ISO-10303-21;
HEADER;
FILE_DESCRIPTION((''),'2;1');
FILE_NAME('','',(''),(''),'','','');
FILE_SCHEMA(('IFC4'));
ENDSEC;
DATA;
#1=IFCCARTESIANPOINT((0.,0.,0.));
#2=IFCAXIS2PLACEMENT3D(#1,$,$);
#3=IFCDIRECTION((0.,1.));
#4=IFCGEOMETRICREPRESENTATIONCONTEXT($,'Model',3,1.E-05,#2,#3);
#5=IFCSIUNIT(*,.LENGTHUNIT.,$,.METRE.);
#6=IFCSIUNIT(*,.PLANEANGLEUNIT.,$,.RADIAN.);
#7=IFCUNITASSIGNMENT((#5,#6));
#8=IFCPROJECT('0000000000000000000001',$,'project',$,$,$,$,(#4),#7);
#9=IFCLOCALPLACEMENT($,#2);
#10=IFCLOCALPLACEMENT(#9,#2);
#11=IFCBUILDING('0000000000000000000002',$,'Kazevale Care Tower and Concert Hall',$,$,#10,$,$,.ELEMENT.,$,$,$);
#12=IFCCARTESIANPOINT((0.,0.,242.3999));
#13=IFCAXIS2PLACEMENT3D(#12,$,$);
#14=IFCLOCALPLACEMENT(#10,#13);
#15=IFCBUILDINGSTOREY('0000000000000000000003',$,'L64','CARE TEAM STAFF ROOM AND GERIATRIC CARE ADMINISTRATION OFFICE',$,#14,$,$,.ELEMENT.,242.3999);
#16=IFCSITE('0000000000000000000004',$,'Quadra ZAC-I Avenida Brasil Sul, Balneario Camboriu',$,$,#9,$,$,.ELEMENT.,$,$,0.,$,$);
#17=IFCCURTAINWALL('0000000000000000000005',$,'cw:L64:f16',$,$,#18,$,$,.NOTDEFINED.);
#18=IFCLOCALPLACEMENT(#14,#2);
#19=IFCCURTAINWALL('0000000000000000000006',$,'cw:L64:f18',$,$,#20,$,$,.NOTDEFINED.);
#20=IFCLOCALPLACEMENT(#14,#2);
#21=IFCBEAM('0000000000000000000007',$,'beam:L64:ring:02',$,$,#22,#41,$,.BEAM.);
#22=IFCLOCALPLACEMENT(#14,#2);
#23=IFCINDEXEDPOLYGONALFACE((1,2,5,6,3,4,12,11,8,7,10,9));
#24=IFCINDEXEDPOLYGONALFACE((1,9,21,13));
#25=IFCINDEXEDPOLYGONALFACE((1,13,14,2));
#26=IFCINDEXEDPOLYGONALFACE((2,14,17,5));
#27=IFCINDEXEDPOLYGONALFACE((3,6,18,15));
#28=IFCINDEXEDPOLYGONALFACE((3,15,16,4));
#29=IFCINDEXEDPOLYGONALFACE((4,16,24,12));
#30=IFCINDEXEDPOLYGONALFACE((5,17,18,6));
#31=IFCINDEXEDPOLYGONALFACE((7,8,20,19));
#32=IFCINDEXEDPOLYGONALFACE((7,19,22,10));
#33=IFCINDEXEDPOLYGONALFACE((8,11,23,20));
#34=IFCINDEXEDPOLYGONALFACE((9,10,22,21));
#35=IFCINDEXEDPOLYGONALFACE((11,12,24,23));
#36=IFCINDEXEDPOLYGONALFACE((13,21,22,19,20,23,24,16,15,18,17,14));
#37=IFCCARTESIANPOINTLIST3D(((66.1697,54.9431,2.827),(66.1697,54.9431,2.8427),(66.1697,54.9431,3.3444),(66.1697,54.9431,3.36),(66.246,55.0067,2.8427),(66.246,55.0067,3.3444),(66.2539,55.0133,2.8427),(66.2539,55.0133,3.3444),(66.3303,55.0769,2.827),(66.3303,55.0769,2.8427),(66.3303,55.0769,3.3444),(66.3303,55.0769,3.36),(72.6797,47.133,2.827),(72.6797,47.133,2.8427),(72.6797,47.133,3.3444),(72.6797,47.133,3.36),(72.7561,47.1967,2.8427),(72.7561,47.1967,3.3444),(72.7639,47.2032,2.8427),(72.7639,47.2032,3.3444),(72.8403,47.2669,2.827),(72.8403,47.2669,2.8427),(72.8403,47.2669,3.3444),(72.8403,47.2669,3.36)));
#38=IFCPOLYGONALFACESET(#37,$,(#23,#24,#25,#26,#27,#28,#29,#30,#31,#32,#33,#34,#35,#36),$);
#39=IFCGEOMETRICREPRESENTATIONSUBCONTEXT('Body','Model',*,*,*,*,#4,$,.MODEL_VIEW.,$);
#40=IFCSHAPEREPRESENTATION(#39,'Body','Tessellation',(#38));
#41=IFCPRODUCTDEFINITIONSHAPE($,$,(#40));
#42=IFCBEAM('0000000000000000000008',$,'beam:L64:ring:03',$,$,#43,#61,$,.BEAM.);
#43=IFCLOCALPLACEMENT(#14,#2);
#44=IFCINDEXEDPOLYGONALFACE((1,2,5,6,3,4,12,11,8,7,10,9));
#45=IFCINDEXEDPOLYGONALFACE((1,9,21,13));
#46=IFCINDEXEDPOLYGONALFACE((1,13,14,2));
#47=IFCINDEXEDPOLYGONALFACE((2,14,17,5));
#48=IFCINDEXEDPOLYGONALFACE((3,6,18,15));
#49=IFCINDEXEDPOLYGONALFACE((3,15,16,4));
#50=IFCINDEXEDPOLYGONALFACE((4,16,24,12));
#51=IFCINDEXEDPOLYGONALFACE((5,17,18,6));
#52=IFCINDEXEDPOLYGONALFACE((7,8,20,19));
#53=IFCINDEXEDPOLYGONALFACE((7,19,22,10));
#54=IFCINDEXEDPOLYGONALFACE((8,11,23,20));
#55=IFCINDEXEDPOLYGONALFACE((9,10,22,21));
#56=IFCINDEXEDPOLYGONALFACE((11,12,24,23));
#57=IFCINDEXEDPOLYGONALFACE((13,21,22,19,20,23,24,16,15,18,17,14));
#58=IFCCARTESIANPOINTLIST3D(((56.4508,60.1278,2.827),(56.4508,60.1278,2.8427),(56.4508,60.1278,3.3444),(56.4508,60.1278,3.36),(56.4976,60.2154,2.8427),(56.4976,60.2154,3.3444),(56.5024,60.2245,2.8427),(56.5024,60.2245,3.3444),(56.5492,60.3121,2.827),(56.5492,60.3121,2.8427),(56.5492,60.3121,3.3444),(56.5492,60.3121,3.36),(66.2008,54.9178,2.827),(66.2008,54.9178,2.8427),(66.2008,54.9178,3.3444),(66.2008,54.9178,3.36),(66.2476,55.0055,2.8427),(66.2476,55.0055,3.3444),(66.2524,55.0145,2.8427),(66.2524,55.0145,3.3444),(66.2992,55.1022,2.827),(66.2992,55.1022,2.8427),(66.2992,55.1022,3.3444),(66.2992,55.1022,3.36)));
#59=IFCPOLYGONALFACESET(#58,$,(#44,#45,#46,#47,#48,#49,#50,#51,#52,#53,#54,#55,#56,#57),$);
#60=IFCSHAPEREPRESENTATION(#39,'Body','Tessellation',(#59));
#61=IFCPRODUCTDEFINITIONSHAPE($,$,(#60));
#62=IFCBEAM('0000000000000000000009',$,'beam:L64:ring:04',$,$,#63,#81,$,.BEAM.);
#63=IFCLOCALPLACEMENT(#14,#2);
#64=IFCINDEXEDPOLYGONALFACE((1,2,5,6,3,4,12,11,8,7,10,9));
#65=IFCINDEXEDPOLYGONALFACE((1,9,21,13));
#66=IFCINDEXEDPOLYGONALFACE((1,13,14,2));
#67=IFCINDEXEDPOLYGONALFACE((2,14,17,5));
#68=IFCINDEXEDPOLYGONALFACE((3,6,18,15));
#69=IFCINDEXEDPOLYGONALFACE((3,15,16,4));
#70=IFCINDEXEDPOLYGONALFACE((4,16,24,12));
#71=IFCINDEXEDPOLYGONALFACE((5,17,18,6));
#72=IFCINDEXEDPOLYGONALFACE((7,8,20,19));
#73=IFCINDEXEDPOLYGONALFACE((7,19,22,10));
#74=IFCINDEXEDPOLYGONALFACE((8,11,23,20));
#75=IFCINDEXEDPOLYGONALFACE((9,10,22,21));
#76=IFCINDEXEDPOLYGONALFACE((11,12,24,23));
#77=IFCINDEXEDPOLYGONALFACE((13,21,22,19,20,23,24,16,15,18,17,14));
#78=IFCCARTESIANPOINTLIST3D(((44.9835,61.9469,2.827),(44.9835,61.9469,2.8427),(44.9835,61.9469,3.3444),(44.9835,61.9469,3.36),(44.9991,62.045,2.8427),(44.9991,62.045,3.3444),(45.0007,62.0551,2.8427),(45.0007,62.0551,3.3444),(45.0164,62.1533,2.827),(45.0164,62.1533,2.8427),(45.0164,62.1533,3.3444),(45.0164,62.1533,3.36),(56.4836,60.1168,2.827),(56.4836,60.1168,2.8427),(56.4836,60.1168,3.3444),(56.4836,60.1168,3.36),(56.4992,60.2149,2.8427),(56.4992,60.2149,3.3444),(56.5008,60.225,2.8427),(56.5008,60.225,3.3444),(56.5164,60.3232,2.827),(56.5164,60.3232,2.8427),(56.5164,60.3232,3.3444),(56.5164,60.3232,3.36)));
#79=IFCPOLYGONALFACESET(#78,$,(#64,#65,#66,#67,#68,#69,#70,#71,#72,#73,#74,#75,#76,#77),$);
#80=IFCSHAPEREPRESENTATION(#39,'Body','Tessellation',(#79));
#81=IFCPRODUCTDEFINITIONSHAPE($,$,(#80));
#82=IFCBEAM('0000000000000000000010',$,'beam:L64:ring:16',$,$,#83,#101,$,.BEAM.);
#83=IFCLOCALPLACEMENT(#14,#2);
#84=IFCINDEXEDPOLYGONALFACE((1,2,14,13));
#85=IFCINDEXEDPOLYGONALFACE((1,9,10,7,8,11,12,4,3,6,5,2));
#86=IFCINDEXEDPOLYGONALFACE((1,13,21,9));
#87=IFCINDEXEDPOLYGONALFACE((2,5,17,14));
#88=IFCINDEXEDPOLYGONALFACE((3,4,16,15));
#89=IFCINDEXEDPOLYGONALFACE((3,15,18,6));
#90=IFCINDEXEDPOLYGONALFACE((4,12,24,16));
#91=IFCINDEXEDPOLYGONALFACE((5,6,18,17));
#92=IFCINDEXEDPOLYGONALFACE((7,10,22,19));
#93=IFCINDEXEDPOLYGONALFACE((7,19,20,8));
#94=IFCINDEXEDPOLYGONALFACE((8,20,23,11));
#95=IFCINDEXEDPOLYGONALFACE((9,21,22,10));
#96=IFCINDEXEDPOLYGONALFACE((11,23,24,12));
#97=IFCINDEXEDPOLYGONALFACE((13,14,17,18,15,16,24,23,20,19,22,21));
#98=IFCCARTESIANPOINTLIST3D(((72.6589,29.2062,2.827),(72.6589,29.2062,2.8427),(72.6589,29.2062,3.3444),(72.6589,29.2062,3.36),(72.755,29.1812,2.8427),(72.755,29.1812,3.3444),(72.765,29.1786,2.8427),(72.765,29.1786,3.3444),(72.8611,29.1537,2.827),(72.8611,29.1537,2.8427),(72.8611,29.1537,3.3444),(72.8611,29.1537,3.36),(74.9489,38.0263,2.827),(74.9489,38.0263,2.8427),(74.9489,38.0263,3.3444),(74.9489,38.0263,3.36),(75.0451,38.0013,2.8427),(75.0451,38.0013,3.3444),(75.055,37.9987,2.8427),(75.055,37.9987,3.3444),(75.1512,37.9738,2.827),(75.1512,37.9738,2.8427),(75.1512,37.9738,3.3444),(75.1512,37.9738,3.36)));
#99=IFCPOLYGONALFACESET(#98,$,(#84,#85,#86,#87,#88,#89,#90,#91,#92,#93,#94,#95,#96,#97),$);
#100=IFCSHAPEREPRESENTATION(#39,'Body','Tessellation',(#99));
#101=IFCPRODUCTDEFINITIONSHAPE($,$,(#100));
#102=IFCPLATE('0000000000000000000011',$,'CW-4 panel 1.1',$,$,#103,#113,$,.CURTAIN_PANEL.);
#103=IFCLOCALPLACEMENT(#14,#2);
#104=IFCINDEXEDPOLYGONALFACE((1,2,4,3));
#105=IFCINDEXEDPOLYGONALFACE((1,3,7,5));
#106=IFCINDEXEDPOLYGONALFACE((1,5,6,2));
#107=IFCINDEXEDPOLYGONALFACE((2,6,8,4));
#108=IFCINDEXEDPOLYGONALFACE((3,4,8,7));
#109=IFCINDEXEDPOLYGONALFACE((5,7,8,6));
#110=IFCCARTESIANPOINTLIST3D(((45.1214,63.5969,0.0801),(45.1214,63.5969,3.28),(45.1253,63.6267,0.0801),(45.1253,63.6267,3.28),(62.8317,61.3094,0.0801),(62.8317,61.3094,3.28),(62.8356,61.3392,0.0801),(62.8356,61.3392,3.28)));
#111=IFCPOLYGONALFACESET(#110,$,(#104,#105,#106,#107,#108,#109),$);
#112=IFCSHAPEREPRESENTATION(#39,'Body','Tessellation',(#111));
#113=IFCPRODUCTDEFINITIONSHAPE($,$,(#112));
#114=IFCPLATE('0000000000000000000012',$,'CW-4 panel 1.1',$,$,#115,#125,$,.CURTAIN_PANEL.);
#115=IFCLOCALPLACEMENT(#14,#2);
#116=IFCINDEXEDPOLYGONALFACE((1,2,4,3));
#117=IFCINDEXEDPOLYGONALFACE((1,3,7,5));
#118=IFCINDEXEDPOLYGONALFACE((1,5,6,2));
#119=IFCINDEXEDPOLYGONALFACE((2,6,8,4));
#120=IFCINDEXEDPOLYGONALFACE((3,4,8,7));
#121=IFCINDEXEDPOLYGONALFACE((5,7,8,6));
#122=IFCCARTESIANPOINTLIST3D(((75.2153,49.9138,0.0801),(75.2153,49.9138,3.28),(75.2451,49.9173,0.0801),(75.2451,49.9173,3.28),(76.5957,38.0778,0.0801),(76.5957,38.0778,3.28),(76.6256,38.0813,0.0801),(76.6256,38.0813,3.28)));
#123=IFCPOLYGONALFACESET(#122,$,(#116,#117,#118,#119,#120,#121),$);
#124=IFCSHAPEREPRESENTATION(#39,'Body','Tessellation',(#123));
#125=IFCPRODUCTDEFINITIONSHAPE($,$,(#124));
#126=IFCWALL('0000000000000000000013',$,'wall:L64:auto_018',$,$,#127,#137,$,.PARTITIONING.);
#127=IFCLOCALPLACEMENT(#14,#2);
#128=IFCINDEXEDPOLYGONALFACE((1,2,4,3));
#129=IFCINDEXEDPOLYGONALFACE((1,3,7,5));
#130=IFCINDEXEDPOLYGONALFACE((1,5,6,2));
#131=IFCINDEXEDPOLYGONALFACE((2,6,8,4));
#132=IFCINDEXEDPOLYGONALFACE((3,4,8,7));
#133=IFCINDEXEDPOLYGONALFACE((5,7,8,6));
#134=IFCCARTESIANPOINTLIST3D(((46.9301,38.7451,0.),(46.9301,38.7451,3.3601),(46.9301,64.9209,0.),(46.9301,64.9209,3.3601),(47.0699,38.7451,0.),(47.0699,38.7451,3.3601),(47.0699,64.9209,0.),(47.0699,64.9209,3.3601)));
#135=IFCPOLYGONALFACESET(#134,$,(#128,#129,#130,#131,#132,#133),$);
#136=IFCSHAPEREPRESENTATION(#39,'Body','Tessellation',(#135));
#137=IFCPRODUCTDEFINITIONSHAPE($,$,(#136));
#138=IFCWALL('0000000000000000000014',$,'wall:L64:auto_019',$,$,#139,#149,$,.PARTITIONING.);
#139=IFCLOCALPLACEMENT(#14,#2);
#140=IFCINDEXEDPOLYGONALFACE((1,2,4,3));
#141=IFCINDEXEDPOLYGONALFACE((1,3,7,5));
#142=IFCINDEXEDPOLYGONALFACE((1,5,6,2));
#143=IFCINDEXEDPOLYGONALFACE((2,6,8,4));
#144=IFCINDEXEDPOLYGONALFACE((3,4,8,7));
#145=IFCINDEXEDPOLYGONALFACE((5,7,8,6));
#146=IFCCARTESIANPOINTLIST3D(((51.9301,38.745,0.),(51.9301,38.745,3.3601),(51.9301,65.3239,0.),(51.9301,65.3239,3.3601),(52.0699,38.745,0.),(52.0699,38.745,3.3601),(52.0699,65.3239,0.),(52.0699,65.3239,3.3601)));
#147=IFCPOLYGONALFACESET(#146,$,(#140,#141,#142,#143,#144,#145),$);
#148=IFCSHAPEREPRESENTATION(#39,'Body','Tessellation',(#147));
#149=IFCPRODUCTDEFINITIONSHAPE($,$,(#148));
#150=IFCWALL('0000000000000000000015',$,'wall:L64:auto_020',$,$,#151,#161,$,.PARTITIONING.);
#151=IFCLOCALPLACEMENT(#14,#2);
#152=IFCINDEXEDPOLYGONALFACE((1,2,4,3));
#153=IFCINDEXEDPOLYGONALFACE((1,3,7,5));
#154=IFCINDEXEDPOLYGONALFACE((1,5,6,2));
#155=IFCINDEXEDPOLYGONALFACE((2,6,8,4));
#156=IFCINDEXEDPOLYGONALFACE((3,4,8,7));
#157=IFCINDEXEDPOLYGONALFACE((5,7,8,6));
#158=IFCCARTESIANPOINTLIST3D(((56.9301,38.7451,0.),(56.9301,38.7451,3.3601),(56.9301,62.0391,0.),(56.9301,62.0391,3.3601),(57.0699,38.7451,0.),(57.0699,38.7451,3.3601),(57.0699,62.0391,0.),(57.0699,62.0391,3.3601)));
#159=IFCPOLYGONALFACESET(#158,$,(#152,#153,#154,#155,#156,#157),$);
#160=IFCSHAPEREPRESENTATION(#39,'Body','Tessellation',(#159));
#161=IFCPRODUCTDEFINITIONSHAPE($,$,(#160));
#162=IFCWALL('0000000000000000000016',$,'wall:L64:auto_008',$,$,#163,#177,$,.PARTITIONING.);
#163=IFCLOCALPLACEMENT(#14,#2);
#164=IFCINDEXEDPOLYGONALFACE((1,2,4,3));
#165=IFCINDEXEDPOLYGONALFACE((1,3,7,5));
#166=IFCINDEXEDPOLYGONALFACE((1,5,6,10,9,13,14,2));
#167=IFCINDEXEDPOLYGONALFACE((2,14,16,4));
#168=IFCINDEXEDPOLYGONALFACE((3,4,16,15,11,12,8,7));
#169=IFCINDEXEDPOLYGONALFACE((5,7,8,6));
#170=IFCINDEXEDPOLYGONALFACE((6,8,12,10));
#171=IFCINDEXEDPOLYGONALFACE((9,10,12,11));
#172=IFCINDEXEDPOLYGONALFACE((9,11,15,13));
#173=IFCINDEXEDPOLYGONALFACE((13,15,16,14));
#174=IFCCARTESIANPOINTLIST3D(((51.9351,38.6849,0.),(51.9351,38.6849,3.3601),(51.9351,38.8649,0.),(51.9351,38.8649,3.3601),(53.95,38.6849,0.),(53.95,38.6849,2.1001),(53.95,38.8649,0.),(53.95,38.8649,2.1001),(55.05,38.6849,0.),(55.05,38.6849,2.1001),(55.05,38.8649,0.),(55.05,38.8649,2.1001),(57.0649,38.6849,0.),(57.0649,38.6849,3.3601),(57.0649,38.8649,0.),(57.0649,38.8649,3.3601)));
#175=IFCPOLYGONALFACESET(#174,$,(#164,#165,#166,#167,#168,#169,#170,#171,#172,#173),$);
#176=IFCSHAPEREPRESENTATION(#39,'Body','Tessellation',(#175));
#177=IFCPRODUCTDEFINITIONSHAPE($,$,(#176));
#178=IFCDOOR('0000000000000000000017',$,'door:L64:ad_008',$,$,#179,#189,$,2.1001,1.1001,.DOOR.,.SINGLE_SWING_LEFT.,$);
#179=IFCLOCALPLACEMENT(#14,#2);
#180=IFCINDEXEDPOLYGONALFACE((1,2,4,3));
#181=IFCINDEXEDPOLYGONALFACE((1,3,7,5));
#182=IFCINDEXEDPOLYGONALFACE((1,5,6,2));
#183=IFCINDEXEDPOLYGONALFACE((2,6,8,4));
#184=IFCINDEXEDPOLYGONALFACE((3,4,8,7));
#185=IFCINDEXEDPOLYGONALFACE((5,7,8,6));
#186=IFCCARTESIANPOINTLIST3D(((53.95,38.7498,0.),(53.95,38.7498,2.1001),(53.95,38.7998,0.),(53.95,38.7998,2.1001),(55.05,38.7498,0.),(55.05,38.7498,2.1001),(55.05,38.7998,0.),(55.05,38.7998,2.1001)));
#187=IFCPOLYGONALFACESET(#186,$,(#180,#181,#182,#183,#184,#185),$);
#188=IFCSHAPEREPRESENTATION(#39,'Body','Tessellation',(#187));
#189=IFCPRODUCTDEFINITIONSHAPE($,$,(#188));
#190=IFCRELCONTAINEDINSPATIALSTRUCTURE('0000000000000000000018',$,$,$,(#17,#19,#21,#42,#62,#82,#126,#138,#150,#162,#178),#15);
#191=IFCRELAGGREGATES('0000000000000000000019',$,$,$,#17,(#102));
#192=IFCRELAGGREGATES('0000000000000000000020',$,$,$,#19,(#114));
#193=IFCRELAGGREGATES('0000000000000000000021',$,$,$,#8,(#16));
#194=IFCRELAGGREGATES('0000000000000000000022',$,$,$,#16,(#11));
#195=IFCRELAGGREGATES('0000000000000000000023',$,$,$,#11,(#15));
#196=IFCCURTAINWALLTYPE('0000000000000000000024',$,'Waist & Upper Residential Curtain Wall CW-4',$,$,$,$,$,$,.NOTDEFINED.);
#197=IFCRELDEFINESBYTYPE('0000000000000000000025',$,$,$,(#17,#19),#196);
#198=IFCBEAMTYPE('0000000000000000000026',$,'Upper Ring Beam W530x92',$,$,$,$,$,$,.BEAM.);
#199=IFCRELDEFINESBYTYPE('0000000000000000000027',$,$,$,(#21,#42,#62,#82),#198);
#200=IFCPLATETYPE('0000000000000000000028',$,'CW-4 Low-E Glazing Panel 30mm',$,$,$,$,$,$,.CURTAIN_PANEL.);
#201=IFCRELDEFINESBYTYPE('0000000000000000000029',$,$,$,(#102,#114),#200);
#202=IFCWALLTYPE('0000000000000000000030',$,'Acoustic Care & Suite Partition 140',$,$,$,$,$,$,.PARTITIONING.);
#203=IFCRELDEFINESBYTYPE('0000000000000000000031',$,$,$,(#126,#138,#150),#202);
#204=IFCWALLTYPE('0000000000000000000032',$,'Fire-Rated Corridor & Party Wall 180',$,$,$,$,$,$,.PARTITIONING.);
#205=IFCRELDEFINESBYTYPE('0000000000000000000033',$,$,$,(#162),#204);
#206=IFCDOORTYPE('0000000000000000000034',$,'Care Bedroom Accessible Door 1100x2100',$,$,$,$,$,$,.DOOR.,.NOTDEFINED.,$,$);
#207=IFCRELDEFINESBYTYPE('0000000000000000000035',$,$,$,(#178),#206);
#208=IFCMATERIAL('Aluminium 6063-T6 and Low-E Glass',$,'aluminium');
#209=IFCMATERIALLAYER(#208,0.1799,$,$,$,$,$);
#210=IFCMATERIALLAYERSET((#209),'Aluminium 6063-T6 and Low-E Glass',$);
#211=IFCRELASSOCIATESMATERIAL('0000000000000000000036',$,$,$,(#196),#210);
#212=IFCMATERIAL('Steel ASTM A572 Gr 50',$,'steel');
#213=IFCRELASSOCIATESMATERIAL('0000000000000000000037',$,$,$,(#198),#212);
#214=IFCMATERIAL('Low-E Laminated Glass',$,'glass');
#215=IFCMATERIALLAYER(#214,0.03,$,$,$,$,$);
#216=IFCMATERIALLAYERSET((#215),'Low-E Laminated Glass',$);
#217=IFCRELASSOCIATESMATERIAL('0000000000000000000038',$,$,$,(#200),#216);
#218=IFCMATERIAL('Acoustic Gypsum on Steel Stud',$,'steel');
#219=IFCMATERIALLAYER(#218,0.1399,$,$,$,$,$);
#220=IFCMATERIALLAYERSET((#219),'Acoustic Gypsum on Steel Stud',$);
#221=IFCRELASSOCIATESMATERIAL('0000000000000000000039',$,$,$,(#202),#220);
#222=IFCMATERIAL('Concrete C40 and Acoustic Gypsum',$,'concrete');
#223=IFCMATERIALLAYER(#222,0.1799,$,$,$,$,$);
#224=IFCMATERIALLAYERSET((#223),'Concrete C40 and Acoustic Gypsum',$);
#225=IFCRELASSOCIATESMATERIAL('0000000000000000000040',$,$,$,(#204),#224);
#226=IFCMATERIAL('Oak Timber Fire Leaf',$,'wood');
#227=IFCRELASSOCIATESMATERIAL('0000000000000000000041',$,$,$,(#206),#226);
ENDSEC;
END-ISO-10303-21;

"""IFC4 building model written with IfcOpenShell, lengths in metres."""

from ifc_helpers import new_model, si_unit, direction, frame, frame_2d, origin, origin_2d, place, context, subcontext, project, spatial, rectangle, i_section, extrude, material, layer, layer_set, material_profile, profile_set, type_object, element, fill, aggregate, save


model = new_model("IFC4")

# Units and contexts
model_context = context("Model", 3, precision=1e-05, world=origin(), true_north=direction((0.0, 1.0)))
body_context = subcontext(model_context, "Body", "Model", "MODEL_VIEW")
ifc_project = project(units=[si_unit("LENGTHUNIT", "METRE"), si_unit("PLANEANGLEUNIT", "RADIAN")], contexts=[model_context])

# Site, building, storey
site_placement = place(None, origin())
site = spatial("IfcSite", under=ifc_project, at=site_placement, Name="Quadra ZAC-I Avenida Brasil Sul, Balneario Camboriu", CompositionType="ELEMENT", RefElevation=0.0)
building_placement = place(site_placement, origin())
building = spatial("IfcBuilding", under=site, at=building_placement, Name="Kazevale Care Tower and Concert Hall", CompositionType="ELEMENT")
storey_placement = place(building_placement, frame((0.0, 0.0, 242.3999)))
storey = spatial("IfcBuildingStorey", under=building, at=storey_placement, Name="L64", Description="CARE TEAM STAFF ROOM AND GERIATRIC CARE ADMINISTRATION OFFICE", CompositionType="ELEMENT", Elevation=242.3999)

# Curtain wall
ifc_material_1 = material(Name="Aluminium 6063-T6 and Low-E Glass", Category="aluminium")
ifc_layer_1 = layer(ifc_material_1, 0.1799)
ifc_layer_set_1 = layer_set([ifc_layer_1], Name="Aluminium 6063-T6 and Low-E Glass")
curtain_wall_type = type_object("IfcCurtainWallType", Name="Waist & Upper Residential Curtain Wall CW-4", PredefinedType="NOTDEFINED", material=ifc_layer_set_1)
curtain_wall_1_placement = place(storey_placement, origin())
curtain_wall_1 = element("IfcCurtainWall", 1, at=curtain_wall_1_placement, inside=storey, type_object=curtain_wall_type, Name="cw:L64:f16", PredefinedType="NOTDEFINED")

# Curtain wall
curtain_wall_2_placement = place(storey_placement, origin())
curtain_wall_2 = element("IfcCurtainWall", 2, at=curtain_wall_2_placement, inside=storey, type_object=curtain_wall_type, Name="cw:L64:f18", PredefinedType="NOTDEFINED")

# Beams
ifc_material_2 = material(Name="Steel ASTM A572 Gr 50", Category="steel")
ifc_material_profile_1 = material_profile(ifc_material_2, i_section(OverallWidth=0.209, OverallDepth=0.533, WebThickness=0.0103, FlangeThickness=0.0156, at=origin_2d()), Name="W530x92")
ifc_profile_set_1 = profile_set([ifc_material_profile_1], Name="Steel ASTM A572 Gr 50")
beam_type_1 = type_object("IfcBeamType", Name="Upper Ring Beam W530x92", PredefinedType="BEAM", material=ifc_profile_set_1)
beam_1_placement = place(storey_placement, frame((72.76, 47.2, 3.0935), z_axis=(-0.640279, 0.768143, 0.0), x_axis=(-0.768143, -0.640279, 0.0)))
element("IfcBeam", 3, at=beam_1_placement, inside=storey, type_object=beam_type_1, Name="beam:L64:ring:02", PredefinedType="BEAM", context=body_context, shape_type="SweptSolid", body=[
    extrude(i_section(OverallWidth=0.209, OverallDepth=0.533, WebThickness=0.0103, FlangeThickness=0.0156, at=origin_2d()), origin(), (0.0, 0.0, 1.0), 10.1675),
])
beam_2_placement = place(storey_placement, frame((66.25, 55.01, 3.0935), z_axis=(-0.881979, 0.47129, 0.0), x_axis=(-0.47129, -0.881979, 0.0)))
element("IfcBeam", 4, at=beam_2_placement, inside=storey, type_object=beam_type_1, Name="beam:L64:ring:03", PredefinedType="BEAM", context=body_context, shape_type="SweptSolid", body=[
    extrude(i_section(OverallWidth=0.209, OverallDepth=0.533, WebThickness=0.0103, FlangeThickness=0.0156, at=origin_2d()), origin(), (0.0, 0.0, 1.0), 11.0547),
])
beam_3_placement = place(storey_placement, frame((56.5, 60.22, 3.0935), z_axis=(-0.987573, 0.15716, 0.0), x_axis=(-0.15716, -0.987573, 0.0)))
element("IfcBeam", 5, at=beam_3_placement, inside=storey, type_object=beam_type_1, Name="beam:L64:ring:04", PredefinedType="BEAM", context=body_context, shape_type="SweptSolid", body=[
    extrude(i_section(OverallWidth=0.209, OverallDepth=0.533, WebThickness=0.0103, FlangeThickness=0.0156, at=origin_2d()), origin(), (0.0, 0.0, 1.0), 11.6448),
])
beam_4_placement = place(storey_placement, frame((72.76, 29.1799, 3.0935), z_axis=(0.251307, 0.967907, 0.0), x_axis=(-0.967907, 0.251307, 0.0)))
element("IfcBeam", 6, at=beam_4_placement, inside=storey, type_object=beam_type_1, Name="beam:L64:ring:16", PredefinedType="BEAM", context=body_context, shape_type="SweptSolid", body=[
    extrude(i_section(OverallWidth=0.209, OverallDepth=0.533, WebThickness=0.0103, FlangeThickness=0.0156, at=origin_2d()), origin(), (0.0, 0.0, 1.0), 9.1125),
])

# Plates
ifc_material_3 = material(Name="Low-E Laminated Glass", Category="glass")
ifc_layer_2 = layer(ifc_material_3, 0.03)
ifc_layer_set_2 = layer_set([ifc_layer_2], Name="Low-E Laminated Glass")
plate_type = type_object("IfcPlateType", Name="CW-4 Low-E Glazing Panel 30mm", PredefinedType="CURTAIN_PANEL", material=ifc_layer_set_2)
plate_1_placement = place(storey_placement, frame((53.9785, 62.468, 0.0801), z_axis=(0.0, 0.0, 1.0), x_axis=(0.991761, -0.128098, 0.0)))
plate_1 = element("IfcPlate", 7, at=plate_1_placement, type_object=plate_type, Name="CW-4 panel 1.1", PredefinedType="CURTAIN_PANEL", context=body_context, shape_type="SweptSolid", body=[
    extrude(rectangle(XDim=17.8574, YDim=0.03, at=origin_2d()), origin(), (0.0, 0.0, 1.0), 3.2),
])
aggregate(curtain_wall_1, [plate_1])
plate_2_placement = place(storey_placement, frame((75.9204, 43.9976, 0.0801), z_axis=(0.0, 0.0, 1.0), x_axis=(0.115847, -0.993267, 0.0)))
plate_2 = element("IfcPlate", 8, at=plate_2_placement, type_object=plate_type, Name="CW-4 panel 1.1", PredefinedType="CURTAIN_PANEL", context=body_context, shape_type="SweptSolid", body=[
    extrude(rectangle(XDim=11.9163, YDim=0.03, at=origin_2d()), origin(), (0.0, 0.0, 1.0), 3.2),
])
aggregate(curtain_wall_2, [plate_2])

# Walls
ifc_material_4 = material(Name="Acoustic Gypsum on Steel Stud", Category="steel")
ifc_layer_3 = layer(ifc_material_4, 0.1399)
ifc_layer_set_3 = layer_set([ifc_layer_3], Name="Acoustic Gypsum on Steel Stud")
wall_type_1 = type_object("IfcWallType", Name="Acoustic Care & Suite Partition 140", PredefinedType="PARTITIONING", material=ifc_layer_set_3)
wall_1_placement = place(storey_placement, frame((47.0, 64.9209, 0.0), z_axis=(0.0, 0.0, 1.0), x_axis=(0.0, -1.0, 0.0)))
element("IfcWall", 9, at=wall_1_placement, inside=storey, type_object=wall_type_1, Name="wall:L64:auto_018", PredefinedType="PARTITIONING", context=body_context, shape_type="SweptSolid", body=[
    extrude(rectangle(XDim=26.1758, YDim=0.1399, at=frame_2d((13.0879, 0.0))), origin(), (0.0, 0.0, 1.0), 3.3601),
])
wall_2_placement = place(storey_placement, frame((52.0, 65.324, 0.0), z_axis=(0.0, 0.0, 1.0), x_axis=(0.0, -1.0, 0.0)))
element("IfcWall", 10, at=wall_2_placement, inside=storey, type_object=wall_type_1, Name="wall:L64:auto_019", PredefinedType="PARTITIONING", context=body_context, shape_type="SweptSolid", body=[
    extrude(rectangle(XDim=26.5789, YDim=0.1399, at=frame_2d((13.2896, 0.0))), origin(), (0.0, 0.0, 1.0), 3.3601),
])
wall_3_placement = place(storey_placement, frame((57.0, 62.0391, 0.0), z_axis=(0.0, 0.0, 1.0), x_axis=(0.0, -1.0, 0.0)))
element("IfcWall", 11, at=wall_3_placement, inside=storey, type_object=wall_type_1, Name="wall:L64:auto_020", PredefinedType="PARTITIONING", context=body_context, shape_type="SweptSolid", body=[
    extrude(rectangle(XDim=23.2939, YDim=0.1399, at=frame_2d((11.647, 0.0))), origin(), (0.0, 0.0, 1.0), 3.3601),
])

# Wall, opening, door
ifc_material_5 = material(Name="Concrete C40 and Acoustic Gypsum", Category="concrete")
ifc_layer_4 = layer(ifc_material_5, 0.1799)
ifc_layer_set_4 = layer_set([ifc_layer_4], Name="Concrete C40 and Acoustic Gypsum")
wall_type_2 = type_object("IfcWallType", Name="Fire-Rated Corridor & Party Wall 180", PredefinedType="PARTITIONING", material=ifc_layer_set_4)
wall_4_placement = place(storey_placement, frame((51.9351, 38.7749, 0.0), z_axis=(0.0, 0.0, 1.0), x_axis=(1.0, 0.0, 0.0)))
wall_4 = element("IfcWall", 12, at=wall_4_placement, inside=storey, type_object=wall_type_2, Name="wall:L64:auto_008", PredefinedType="PARTITIONING", context=body_context, shape_type="SweptSolid", body=[
    extrude(rectangle(XDim=5.1299, YDim=0.1799, at=frame_2d((2.5649, 0.0))), origin(), (0.0, 0.0, 1.0), 3.3601),
])
opening_1_placement = place(wall_4_placement, frame((2.0149, 0.0, 0.0)))
opening_1 = element("IfcOpeningElement", 13, at=opening_1_placement, cuts=wall_4, PredefinedType="OPENING", context=body_context, shape_type="SweptSolid", body=[
    extrude(rectangle(XDim=1.1001, YDim=2.1001, at=frame_2d((0.55, 1.05))), frame((0.0, 0.0999, 0.0), z_axis=(0.0, -1.0, 0.0), x_axis=(1.0, 0.0, 0.0)), (0.0, 0.0, 1.0), 0.2),
])
ifc_material_6 = material(Name="Oak Timber Fire Leaf", Category="wood")
door_type = type_object("IfcDoorType", Name="Care Bedroom Accessible Door 1100x2100", OperationType="NOTDEFINED", PredefinedType="DOOR", material=ifc_material_6)
door_1_placement = place(opening_1_placement, origin())
door_1 = element("IfcDoor", 14, at=door_1_placement, inside=storey, type_object=door_type, Name="door:L64:ad_008", OperationType="SINGLE_SWING_LEFT", OverallHeight=2.1001, OverallWidth=1.1001, PredefinedType="DOOR", context=body_context, shape_type="SweptSolid", body=[
    extrude(rectangle(XDim=1.1001, YDim=2.1001, at=frame_2d((0.55, 1.05))), frame((0.0, 0.0249, 0.0), z_axis=(0.0, -1.0, 0.0), x_axis=(1.0, 0.0, 0.0)), (0.0, 0.0, 1.0), 0.05),
])
fill(opening_1, door_1)

save(model, "model.ifc")
